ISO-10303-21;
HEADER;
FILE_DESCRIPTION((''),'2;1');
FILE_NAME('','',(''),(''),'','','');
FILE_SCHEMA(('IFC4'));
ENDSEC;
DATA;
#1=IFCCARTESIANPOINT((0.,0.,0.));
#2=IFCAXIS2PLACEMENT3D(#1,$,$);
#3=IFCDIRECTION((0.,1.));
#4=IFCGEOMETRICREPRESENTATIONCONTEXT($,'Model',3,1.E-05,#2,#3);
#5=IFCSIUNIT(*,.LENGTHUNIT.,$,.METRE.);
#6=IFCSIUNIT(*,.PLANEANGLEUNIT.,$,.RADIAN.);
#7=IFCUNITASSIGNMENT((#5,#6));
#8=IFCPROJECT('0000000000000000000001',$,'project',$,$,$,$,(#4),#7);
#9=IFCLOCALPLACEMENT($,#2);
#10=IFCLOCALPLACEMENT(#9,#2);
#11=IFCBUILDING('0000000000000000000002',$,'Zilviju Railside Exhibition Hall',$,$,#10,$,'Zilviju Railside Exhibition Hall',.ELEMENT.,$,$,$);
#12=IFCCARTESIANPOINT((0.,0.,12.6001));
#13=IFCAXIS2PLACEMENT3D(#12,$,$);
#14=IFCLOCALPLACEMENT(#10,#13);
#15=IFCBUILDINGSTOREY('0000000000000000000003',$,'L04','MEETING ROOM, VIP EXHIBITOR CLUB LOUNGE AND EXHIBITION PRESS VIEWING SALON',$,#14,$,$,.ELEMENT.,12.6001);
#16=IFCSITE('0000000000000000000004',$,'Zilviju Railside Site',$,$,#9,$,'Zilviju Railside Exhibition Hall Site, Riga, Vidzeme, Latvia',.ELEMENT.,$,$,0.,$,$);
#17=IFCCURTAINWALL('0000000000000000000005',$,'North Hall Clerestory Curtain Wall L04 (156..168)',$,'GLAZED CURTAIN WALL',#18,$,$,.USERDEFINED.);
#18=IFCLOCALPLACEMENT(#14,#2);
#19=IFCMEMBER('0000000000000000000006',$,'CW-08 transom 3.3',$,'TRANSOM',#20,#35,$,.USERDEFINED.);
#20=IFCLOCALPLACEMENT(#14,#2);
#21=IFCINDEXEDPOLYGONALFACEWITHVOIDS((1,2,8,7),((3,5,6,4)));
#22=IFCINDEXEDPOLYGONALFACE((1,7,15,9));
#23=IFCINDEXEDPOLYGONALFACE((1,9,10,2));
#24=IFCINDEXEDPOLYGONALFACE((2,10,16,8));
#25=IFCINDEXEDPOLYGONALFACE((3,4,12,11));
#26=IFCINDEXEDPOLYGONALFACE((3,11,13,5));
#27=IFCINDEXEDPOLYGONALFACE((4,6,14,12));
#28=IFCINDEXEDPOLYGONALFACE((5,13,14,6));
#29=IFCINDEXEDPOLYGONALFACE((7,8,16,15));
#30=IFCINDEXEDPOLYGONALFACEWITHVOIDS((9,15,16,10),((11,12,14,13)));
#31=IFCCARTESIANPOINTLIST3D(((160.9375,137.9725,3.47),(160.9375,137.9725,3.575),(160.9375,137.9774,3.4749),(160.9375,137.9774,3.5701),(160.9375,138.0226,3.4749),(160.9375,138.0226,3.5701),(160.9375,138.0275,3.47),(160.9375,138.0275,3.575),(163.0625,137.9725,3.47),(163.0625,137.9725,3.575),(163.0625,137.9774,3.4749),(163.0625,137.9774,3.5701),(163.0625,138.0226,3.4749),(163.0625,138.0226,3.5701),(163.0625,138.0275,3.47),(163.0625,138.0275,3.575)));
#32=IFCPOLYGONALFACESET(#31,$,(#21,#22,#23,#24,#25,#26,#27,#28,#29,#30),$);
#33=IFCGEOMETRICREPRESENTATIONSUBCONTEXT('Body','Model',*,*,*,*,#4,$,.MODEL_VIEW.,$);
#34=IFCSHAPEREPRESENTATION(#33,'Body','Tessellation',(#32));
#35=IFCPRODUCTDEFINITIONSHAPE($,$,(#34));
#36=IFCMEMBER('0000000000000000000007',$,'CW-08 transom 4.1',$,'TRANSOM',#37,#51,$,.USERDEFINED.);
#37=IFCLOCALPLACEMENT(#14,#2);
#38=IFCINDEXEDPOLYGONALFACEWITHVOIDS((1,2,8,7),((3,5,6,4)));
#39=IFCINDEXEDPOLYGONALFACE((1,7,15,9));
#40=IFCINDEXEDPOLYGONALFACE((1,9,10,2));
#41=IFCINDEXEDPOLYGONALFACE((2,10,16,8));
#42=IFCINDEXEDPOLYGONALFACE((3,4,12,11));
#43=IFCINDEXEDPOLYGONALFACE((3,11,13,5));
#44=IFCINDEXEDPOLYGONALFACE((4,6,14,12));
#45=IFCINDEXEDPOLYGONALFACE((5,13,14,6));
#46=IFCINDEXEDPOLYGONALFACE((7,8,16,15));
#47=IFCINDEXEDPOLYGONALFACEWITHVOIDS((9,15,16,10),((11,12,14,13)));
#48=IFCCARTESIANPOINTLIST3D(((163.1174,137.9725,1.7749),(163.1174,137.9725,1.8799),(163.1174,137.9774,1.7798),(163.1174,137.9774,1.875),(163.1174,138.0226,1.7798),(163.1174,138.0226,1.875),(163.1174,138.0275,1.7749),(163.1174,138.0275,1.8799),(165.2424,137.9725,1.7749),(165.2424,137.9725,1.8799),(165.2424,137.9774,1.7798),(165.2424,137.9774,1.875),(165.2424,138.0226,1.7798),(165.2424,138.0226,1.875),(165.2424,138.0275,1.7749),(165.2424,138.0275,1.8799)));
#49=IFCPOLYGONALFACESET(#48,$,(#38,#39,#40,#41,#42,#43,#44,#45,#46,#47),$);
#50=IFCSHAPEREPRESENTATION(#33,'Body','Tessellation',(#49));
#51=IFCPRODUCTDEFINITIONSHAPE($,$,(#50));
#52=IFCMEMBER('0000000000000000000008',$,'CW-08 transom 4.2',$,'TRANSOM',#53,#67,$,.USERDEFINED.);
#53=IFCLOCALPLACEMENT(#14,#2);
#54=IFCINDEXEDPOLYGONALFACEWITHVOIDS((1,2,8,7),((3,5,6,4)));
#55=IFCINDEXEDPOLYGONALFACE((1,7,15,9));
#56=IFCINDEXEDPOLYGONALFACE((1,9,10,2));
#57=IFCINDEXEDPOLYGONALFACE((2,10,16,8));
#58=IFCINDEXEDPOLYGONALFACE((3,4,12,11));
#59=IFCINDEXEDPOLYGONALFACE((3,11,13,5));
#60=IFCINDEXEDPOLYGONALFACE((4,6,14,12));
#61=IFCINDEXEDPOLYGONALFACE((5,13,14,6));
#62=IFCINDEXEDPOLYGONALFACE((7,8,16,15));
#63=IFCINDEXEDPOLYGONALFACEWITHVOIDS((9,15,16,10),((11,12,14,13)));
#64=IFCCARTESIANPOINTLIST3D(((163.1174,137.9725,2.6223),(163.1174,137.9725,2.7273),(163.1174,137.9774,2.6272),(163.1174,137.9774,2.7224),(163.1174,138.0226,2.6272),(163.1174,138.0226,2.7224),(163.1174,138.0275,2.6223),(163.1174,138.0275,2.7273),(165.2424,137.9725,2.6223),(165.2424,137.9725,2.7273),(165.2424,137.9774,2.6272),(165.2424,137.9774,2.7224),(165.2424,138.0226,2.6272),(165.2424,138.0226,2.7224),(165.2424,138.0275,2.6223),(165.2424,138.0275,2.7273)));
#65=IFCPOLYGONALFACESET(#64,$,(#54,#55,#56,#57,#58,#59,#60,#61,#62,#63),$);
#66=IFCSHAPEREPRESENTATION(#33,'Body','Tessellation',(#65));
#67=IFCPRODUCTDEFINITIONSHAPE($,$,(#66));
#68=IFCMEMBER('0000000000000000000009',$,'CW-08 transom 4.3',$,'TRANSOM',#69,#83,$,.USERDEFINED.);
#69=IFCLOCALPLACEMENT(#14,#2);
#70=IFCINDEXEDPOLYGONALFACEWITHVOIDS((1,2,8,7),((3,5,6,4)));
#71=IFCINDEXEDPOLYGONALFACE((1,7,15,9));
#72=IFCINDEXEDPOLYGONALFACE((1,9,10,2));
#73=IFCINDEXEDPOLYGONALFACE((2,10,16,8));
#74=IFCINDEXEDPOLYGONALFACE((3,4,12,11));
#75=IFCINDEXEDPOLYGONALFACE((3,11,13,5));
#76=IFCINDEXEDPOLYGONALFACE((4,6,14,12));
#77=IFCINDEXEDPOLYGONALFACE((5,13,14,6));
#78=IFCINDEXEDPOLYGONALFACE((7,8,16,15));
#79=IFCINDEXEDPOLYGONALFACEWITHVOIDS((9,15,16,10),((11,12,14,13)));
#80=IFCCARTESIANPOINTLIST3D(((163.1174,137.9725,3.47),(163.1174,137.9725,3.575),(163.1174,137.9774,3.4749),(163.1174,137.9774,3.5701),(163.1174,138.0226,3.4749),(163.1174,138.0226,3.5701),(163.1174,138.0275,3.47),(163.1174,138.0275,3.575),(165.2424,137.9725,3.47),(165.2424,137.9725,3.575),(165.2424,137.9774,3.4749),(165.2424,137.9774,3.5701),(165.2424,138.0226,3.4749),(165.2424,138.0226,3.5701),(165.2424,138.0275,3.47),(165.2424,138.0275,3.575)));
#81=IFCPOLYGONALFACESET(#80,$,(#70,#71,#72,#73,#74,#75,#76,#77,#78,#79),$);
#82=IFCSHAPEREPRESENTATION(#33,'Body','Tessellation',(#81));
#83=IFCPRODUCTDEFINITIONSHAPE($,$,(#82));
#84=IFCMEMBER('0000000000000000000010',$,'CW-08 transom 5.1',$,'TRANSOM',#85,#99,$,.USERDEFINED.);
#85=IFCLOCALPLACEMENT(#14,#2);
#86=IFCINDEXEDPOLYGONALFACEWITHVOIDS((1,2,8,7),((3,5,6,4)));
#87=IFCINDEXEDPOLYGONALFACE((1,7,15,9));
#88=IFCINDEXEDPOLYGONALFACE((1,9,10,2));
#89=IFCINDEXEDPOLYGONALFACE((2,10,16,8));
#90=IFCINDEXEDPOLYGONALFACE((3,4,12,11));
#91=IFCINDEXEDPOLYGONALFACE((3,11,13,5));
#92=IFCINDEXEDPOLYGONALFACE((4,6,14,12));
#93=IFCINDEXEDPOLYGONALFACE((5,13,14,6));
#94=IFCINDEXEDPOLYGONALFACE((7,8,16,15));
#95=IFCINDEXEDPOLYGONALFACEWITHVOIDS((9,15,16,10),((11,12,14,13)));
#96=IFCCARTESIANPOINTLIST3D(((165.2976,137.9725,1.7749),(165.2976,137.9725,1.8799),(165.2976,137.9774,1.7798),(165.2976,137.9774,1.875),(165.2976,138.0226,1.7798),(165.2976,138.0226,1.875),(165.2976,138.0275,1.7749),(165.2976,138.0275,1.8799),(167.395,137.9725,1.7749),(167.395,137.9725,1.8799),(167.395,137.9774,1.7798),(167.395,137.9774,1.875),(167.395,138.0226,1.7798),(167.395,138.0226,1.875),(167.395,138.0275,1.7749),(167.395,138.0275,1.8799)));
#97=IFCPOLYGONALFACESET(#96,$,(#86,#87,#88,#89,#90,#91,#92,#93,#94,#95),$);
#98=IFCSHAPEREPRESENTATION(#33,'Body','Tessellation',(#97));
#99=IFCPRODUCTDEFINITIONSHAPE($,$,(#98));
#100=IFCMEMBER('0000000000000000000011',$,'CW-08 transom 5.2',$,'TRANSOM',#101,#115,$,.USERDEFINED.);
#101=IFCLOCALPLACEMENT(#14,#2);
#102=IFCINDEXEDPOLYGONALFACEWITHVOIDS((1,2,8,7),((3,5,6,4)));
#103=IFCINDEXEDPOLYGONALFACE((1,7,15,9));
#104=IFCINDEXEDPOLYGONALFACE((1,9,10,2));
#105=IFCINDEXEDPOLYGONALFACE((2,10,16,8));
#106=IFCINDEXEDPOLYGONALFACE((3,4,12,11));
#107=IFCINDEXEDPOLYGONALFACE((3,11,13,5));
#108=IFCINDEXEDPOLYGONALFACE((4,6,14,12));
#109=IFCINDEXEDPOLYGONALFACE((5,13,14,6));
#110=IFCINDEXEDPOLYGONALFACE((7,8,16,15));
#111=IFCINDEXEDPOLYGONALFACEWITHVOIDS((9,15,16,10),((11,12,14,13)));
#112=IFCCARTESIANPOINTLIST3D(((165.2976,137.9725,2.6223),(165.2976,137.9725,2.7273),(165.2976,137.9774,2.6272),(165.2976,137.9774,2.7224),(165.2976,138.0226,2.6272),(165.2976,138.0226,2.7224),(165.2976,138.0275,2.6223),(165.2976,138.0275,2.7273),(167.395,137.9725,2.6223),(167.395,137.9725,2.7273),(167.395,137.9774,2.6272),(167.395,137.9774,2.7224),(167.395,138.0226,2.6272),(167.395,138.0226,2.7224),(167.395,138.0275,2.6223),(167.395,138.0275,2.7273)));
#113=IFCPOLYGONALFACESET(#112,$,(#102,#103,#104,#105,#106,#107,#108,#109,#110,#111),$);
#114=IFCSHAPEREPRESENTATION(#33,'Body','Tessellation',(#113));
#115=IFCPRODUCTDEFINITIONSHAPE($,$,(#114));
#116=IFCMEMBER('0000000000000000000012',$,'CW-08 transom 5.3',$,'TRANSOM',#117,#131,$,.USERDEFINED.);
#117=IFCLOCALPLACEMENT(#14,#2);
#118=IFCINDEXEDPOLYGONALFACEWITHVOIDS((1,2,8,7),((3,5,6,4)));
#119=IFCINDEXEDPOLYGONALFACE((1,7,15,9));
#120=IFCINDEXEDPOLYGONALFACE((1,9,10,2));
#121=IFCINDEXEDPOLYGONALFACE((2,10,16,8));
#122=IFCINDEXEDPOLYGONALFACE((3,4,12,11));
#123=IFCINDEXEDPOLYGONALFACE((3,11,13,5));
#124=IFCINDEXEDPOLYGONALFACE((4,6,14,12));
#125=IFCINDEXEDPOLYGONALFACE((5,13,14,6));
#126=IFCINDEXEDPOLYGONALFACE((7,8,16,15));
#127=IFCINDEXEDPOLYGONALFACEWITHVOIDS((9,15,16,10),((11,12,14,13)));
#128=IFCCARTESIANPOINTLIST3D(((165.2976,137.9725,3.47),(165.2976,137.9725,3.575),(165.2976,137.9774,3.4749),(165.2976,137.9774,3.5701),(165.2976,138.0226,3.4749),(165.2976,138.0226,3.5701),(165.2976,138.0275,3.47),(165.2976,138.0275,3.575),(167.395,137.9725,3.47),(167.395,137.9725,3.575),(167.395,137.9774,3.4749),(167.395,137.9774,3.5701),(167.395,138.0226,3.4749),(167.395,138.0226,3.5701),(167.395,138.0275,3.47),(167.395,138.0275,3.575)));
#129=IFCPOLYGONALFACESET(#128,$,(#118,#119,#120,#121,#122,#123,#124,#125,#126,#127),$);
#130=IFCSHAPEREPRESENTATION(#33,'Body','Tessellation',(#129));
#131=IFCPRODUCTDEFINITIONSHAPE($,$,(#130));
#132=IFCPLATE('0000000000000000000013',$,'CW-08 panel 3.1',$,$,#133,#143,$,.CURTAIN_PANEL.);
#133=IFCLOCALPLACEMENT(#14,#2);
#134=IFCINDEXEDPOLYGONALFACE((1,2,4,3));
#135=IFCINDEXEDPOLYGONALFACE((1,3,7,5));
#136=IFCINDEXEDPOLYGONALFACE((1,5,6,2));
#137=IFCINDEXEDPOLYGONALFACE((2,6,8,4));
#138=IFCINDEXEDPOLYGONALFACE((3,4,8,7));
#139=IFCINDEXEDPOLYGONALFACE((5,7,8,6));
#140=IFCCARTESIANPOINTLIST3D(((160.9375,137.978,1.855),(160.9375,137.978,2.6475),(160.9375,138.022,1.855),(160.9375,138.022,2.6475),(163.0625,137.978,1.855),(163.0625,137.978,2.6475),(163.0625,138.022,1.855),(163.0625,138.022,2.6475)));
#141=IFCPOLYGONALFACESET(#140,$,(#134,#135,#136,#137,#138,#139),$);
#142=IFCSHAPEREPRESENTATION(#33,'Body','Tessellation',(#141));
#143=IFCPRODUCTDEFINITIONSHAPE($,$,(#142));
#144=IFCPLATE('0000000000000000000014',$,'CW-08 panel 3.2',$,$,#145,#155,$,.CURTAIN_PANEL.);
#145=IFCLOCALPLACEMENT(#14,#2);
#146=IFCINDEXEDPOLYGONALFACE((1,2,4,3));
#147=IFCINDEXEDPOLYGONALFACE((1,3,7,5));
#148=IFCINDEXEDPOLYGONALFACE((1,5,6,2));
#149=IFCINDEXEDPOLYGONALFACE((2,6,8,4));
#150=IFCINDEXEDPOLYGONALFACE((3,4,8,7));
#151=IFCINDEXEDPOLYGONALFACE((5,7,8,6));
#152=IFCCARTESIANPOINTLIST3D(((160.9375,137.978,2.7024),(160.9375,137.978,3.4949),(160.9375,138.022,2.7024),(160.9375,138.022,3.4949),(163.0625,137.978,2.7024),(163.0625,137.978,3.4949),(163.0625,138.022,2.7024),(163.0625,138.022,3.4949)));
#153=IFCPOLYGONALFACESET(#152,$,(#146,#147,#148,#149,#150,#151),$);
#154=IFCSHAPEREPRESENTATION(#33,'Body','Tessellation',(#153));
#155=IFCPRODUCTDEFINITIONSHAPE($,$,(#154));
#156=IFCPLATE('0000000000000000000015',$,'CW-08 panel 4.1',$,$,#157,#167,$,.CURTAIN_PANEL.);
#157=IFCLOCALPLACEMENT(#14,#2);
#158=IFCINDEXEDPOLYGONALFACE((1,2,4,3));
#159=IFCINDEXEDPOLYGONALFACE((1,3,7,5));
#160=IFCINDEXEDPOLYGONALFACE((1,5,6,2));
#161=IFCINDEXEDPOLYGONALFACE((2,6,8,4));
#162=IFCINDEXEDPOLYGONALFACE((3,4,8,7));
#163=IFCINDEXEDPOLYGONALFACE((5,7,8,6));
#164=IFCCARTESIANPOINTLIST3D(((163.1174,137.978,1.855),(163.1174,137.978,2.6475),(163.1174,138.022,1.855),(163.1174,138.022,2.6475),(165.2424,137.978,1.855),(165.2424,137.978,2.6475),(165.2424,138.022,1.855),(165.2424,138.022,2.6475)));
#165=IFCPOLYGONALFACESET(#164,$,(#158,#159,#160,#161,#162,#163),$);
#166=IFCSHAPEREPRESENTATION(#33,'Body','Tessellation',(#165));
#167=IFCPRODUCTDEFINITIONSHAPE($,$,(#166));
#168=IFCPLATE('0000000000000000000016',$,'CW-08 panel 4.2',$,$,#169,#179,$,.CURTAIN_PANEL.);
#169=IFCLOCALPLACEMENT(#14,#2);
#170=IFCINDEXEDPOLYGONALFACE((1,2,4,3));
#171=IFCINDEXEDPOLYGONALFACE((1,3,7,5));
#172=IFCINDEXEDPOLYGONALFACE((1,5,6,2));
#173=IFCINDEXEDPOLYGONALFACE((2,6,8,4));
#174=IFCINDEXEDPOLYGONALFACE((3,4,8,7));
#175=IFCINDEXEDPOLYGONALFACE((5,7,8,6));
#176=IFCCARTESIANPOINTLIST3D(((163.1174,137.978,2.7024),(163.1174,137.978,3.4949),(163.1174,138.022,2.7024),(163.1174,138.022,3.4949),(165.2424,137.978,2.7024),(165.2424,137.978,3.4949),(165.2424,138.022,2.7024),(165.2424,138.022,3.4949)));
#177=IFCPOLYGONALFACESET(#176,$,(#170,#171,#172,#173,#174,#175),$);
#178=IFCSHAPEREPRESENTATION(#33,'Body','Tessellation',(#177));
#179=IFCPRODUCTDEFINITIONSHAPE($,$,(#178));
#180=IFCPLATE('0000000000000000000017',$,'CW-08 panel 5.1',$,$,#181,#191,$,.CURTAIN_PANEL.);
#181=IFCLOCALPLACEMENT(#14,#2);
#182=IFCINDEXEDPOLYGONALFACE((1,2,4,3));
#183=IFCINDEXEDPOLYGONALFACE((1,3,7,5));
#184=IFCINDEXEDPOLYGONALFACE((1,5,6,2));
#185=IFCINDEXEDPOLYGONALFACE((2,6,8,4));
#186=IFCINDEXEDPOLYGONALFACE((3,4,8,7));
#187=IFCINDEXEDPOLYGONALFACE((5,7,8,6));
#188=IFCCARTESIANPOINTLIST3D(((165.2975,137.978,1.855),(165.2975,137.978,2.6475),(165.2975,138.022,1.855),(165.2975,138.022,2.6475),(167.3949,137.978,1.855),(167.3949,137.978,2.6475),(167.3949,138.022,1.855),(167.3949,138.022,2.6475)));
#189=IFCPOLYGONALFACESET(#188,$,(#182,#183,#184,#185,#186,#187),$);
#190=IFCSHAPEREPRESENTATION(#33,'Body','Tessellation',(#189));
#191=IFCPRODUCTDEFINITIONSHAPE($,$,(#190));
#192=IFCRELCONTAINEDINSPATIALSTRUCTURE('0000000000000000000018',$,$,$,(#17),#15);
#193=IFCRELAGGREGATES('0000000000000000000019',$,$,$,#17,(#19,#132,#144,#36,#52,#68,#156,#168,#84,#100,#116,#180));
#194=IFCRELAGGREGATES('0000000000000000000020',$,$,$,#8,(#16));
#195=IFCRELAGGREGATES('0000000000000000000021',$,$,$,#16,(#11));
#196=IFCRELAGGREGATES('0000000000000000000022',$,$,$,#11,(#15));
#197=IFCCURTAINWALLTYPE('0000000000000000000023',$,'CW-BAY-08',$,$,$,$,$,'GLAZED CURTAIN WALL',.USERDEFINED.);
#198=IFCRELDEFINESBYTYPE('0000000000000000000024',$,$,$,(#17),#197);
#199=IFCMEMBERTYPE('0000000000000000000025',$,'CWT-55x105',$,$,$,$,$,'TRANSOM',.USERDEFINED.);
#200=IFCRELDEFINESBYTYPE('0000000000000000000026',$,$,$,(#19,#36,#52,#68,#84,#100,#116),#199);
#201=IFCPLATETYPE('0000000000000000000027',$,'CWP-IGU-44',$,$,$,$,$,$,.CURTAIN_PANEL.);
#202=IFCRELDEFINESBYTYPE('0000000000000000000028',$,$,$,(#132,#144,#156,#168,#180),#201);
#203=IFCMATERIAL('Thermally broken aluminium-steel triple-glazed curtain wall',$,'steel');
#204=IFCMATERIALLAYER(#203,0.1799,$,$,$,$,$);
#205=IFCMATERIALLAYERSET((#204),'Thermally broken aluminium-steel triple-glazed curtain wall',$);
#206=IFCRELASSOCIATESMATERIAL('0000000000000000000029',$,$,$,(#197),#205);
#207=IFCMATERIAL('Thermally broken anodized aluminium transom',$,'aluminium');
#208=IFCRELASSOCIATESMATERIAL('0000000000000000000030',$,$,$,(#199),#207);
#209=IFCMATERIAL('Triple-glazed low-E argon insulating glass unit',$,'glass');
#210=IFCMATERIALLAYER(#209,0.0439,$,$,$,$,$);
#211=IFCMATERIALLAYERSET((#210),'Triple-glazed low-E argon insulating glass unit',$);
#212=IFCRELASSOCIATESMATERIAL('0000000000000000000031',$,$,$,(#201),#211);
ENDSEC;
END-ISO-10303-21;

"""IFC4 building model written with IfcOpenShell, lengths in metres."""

from ifc_helpers import new_model, si_unit, direction, frame, origin, origin_2d, place, context, subcontext, project, spatial, rectangle, hollow_rectangle, extrude, material, layer, layer_set, material_profile, profile_set, type_object, element, aggregate, save


model = new_model("IFC4")

# Units and contexts
model_context = context("Model", 3, precision=1e-05, world=origin(), true_north=direction((0.0, 1.0)))
body_context = subcontext(model_context, "Body", "Model", "MODEL_VIEW")
ifc_project = project(units=[si_unit("LENGTHUNIT", "METRE"), si_unit("PLANEANGLEUNIT", "RADIAN")], contexts=[model_context])

# Site, building, storey
site_placement = place(None, origin())
site = spatial("IfcSite", under=ifc_project, at=site_placement, Name="Zilviju Railside Site", LongName="Zilviju Railside Exhibition Hall Site, Riga, Vidzeme, Latvia", CompositionType="ELEMENT", RefElevation=0.0)
building_placement = place(site_placement, origin())
building = spatial("IfcBuilding", under=site, at=building_placement, Name="Zilviju Railside Exhibition Hall", LongName="Zilviju Railside Exhibition Hall", CompositionType="ELEMENT")
storey_placement = place(building_placement, frame((0.0, 0.0, 12.6001)))
storey = spatial("IfcBuildingStorey", under=building, at=storey_placement, Name="L04", Description="MEETING ROOM, VIP EXHIBITOR CLUB LOUNGE AND EXHIBITION PRESS VIEWING SALON", CompositionType="ELEMENT", Elevation=12.6001)

# Curtain wall, members, plates
ifc_material_1 = material(Name="Thermally broken aluminium-steel triple-glazed curtain wall", Category="steel")
ifc_layer_1 = layer(ifc_material_1, 0.1799)
ifc_layer_set_1 = layer_set([ifc_layer_1], Name="Thermally broken aluminium-steel triple-glazed curtain wall")
curtain_wall_type = type_object("IfcCurtainWallType", Name="CW-BAY-08", ElementType="GLAZED CURTAIN WALL", PredefinedType="USERDEFINED", material=ifc_layer_set_1)
curtain_wall_placement = place(storey_placement, origin())
curtain_wall = element("IfcCurtainWall", 1, at=curtain_wall_placement, inside=storey, type_object=curtain_wall_type, Name="North Hall Clerestory Curtain Wall L04 (156..168)", ObjectType="GLAZED CURTAIN WALL", PredefinedType="USERDEFINED")
ifc_material_2 = material(Name="Thermally broken anodized aluminium transom", Category="aluminium")
ifc_material_profile_1 = material_profile(ifc_material_2, hollow_rectangle(XDim=0.0549, YDim=0.105, WallThickness=0.0049, at=origin_2d()), Name="TRANSOM 105x55x5")
ifc_profile_set_1 = profile_set([ifc_material_profile_1], Name="Thermally broken anodized aluminium transom")
member_type_1 = type_object("IfcMemberType", Name="CWT-55x105", ElementType="TRANSOM", PredefinedType="USERDEFINED", material=ifc_profile_set_1)
member_1_placement = place(storey_placement, frame((160.9375, 138.0, 3.5225), z_axis=(1.0, 0.0, 0.0), x_axis=(0.0, 1.0, 0.0)))
member_1 = element("IfcMember", 2, at=member_1_placement, type_object=member_type_1, Name="CW-08 transom 3.3", ObjectType="TRANSOM", PredefinedType="USERDEFINED", context=body_context, shape_type="SweptSolid", body=[
    extrude(hollow_rectangle(XDim=0.0549, YDim=0.105, WallThickness=0.0049, at=origin_2d()), origin(), (0.0, 0.0, 1.0), 2.125),
])
member_2_placement = place(storey_placement, frame((163.1174, 138.0, 1.8274), z_axis=(1.0, 0.0, 0.0), x_axis=(0.0, 1.0, 0.0)))
member_2 = element("IfcMember", 3, at=member_2_placement, type_object=member_type_1, Name="CW-08 transom 4.1", ObjectType="TRANSOM", PredefinedType="USERDEFINED", context=body_context, shape_type="SweptSolid", body=[
    extrude(hollow_rectangle(XDim=0.0549, YDim=0.105, WallThickness=0.0049, at=origin_2d()), origin(), (0.0, 0.0, 1.0), 2.125),
])
member_3_placement = place(storey_placement, frame((163.1174, 138.0, 2.6748), z_axis=(1.0, 0.0, 0.0), x_axis=(0.0, 1.0, 0.0)))
member_3 = element("IfcMember", 4, at=member_3_placement, type_object=member_type_1, Name="CW-08 transom 4.2", ObjectType="TRANSOM", PredefinedType="USERDEFINED", context=body_context, shape_type="SweptSolid", body=[
    extrude(hollow_rectangle(XDim=0.0549, YDim=0.105, WallThickness=0.0049, at=origin_2d()), origin(), (0.0, 0.0, 1.0), 2.125),
])
member_4_placement = place(storey_placement, frame((163.1174, 138.0, 3.5225), z_axis=(1.0, 0.0, 0.0), x_axis=(0.0, 1.0, 0.0)))
member_4 = element("IfcMember", 5, at=member_4_placement, type_object=member_type_1, Name="CW-08 transom 4.3", ObjectType="TRANSOM", PredefinedType="USERDEFINED", context=body_context, shape_type="SweptSolid", body=[
    extrude(hollow_rectangle(XDim=0.0549, YDim=0.105, WallThickness=0.0049, at=origin_2d()), origin(), (0.0, 0.0, 1.0), 2.125),
])
member_5_placement = place(storey_placement, frame((165.2976, 138.0, 1.8274), z_axis=(1.0, 0.0, 0.0), x_axis=(0.0, 1.0, 0.0)))
member_5 = element("IfcMember", 6, at=member_5_placement, type_object=member_type_1, Name="CW-08 transom 5.1", ObjectType="TRANSOM", PredefinedType="USERDEFINED", context=body_context, shape_type="SweptSolid", body=[
    extrude(hollow_rectangle(XDim=0.0549, YDim=0.105, WallThickness=0.0049, at=origin_2d()), origin(), (0.0, 0.0, 1.0), 2.0974),
])
member_6_placement = place(storey_placement, frame((165.2976, 138.0, 2.6748), z_axis=(1.0, 0.0, 0.0), x_axis=(0.0, 1.0, 0.0)))
member_6 = element("IfcMember", 7, at=member_6_placement, type_object=member_type_1, Name="CW-08 transom 5.2", ObjectType="TRANSOM", PredefinedType="USERDEFINED", context=body_context, shape_type="SweptSolid", body=[
    extrude(hollow_rectangle(XDim=0.0549, YDim=0.105, WallThickness=0.0049, at=origin_2d()), origin(), (0.0, 0.0, 1.0), 2.0974),
])
member_7_placement = place(storey_placement, frame((165.2976, 138.0, 3.5225), z_axis=(1.0, 0.0, 0.0), x_axis=(0.0, 1.0, 0.0)))
member_7 = element("IfcMember", 8, at=member_7_placement, type_object=member_type_1, Name="CW-08 transom 5.3", ObjectType="TRANSOM", PredefinedType="USERDEFINED", context=body_context, shape_type="SweptSolid", body=[
    extrude(hollow_rectangle(XDim=0.0549, YDim=0.105, WallThickness=0.0049, at=origin_2d()), origin(), (0.0, 0.0, 1.0), 2.0974),
])
ifc_material_3 = material(Name="Triple-glazed low-E argon insulating glass unit", Category="glass")
ifc_layer_2 = layer(ifc_material_3, 0.0439)
ifc_layer_set_2 = layer_set([ifc_layer_2], Name="Triple-glazed low-E argon insulating glass unit")
plate_type = type_object("IfcPlateType", Name="CWP-IGU-44", PredefinedType="CURTAIN_PANEL", material=ifc_layer_set_2)
plate_1_placement = place(storey_placement, frame((162.0, 138.0, 1.855), z_axis=(0.0, 0.0, 1.0), x_axis=(1.0, 0.0, 0.0)))
plate_1 = element("IfcPlate", 9, at=plate_1_placement, type_object=plate_type, Name="CW-08 panel 3.1", PredefinedType="CURTAIN_PANEL", context=body_context, shape_type="SweptSolid", body=[
    extrude(rectangle(XDim=2.125, YDim=0.0439, at=origin_2d()), origin(), (0.0, 0.0, 1.0), 0.7925),
])
plate_2_placement = place(storey_placement, frame((162.0, 138.0, 2.7024), z_axis=(0.0, 0.0, 1.0), x_axis=(1.0, 0.0, 0.0)))
plate_2 = element("IfcPlate", 10, at=plate_2_placement, type_object=plate_type, Name="CW-08 panel 3.2", PredefinedType="CURTAIN_PANEL", context=body_context, shape_type="SweptSolid", body=[
    extrude(rectangle(XDim=2.125, YDim=0.0439, at=origin_2d()), origin(), (0.0, 0.0, 1.0), 0.7925),
])
plate_3_placement = place(storey_placement, frame((164.1799, 138.0, 1.855), z_axis=(0.0, 0.0, 1.0), x_axis=(1.0, 0.0, 0.0)))
plate_3 = element("IfcPlate", 11, at=plate_3_placement, type_object=plate_type, Name="CW-08 panel 4.1", PredefinedType="CURTAIN_PANEL", context=body_context, shape_type="SweptSolid", body=[
    extrude(rectangle(XDim=2.125, YDim=0.0439, at=origin_2d()), origin(), (0.0, 0.0, 1.0), 0.7925),
])
plate_4_placement = place(storey_placement, frame((164.1799, 138.0, 2.7024), z_axis=(0.0, 0.0, 1.0), x_axis=(1.0, 0.0, 0.0)))
plate_4 = element("IfcPlate", 12, at=plate_4_placement, type_object=plate_type, Name="CW-08 panel 4.2", PredefinedType="CURTAIN_PANEL", context=body_context, shape_type="SweptSolid", body=[
    extrude(rectangle(XDim=2.125, YDim=0.0439, at=origin_2d()), origin(), (0.0, 0.0, 1.0), 0.7925),
])
plate_5_placement = place(storey_placement, frame((166.3462, 138.0, 1.855), z_axis=(0.0, 0.0, 1.0), x_axis=(1.0, 0.0, 0.0)))
plate_5 = element("IfcPlate", 13, at=plate_5_placement, type_object=plate_type, Name="CW-08 panel 5.1", PredefinedType="CURTAIN_PANEL", context=body_context, shape_type="SweptSolid", body=[
    extrude(rectangle(XDim=2.0974, YDim=0.0439, at=origin_2d()), origin(), (0.0, 0.0, 1.0), 0.7925),
])
aggregate(curtain_wall, [member_1, plate_1, plate_2, member_2, member_3, member_4, plate_3, plate_4, member_5, member_6, member_7, plate_5])

save(model, "model.ifc")
